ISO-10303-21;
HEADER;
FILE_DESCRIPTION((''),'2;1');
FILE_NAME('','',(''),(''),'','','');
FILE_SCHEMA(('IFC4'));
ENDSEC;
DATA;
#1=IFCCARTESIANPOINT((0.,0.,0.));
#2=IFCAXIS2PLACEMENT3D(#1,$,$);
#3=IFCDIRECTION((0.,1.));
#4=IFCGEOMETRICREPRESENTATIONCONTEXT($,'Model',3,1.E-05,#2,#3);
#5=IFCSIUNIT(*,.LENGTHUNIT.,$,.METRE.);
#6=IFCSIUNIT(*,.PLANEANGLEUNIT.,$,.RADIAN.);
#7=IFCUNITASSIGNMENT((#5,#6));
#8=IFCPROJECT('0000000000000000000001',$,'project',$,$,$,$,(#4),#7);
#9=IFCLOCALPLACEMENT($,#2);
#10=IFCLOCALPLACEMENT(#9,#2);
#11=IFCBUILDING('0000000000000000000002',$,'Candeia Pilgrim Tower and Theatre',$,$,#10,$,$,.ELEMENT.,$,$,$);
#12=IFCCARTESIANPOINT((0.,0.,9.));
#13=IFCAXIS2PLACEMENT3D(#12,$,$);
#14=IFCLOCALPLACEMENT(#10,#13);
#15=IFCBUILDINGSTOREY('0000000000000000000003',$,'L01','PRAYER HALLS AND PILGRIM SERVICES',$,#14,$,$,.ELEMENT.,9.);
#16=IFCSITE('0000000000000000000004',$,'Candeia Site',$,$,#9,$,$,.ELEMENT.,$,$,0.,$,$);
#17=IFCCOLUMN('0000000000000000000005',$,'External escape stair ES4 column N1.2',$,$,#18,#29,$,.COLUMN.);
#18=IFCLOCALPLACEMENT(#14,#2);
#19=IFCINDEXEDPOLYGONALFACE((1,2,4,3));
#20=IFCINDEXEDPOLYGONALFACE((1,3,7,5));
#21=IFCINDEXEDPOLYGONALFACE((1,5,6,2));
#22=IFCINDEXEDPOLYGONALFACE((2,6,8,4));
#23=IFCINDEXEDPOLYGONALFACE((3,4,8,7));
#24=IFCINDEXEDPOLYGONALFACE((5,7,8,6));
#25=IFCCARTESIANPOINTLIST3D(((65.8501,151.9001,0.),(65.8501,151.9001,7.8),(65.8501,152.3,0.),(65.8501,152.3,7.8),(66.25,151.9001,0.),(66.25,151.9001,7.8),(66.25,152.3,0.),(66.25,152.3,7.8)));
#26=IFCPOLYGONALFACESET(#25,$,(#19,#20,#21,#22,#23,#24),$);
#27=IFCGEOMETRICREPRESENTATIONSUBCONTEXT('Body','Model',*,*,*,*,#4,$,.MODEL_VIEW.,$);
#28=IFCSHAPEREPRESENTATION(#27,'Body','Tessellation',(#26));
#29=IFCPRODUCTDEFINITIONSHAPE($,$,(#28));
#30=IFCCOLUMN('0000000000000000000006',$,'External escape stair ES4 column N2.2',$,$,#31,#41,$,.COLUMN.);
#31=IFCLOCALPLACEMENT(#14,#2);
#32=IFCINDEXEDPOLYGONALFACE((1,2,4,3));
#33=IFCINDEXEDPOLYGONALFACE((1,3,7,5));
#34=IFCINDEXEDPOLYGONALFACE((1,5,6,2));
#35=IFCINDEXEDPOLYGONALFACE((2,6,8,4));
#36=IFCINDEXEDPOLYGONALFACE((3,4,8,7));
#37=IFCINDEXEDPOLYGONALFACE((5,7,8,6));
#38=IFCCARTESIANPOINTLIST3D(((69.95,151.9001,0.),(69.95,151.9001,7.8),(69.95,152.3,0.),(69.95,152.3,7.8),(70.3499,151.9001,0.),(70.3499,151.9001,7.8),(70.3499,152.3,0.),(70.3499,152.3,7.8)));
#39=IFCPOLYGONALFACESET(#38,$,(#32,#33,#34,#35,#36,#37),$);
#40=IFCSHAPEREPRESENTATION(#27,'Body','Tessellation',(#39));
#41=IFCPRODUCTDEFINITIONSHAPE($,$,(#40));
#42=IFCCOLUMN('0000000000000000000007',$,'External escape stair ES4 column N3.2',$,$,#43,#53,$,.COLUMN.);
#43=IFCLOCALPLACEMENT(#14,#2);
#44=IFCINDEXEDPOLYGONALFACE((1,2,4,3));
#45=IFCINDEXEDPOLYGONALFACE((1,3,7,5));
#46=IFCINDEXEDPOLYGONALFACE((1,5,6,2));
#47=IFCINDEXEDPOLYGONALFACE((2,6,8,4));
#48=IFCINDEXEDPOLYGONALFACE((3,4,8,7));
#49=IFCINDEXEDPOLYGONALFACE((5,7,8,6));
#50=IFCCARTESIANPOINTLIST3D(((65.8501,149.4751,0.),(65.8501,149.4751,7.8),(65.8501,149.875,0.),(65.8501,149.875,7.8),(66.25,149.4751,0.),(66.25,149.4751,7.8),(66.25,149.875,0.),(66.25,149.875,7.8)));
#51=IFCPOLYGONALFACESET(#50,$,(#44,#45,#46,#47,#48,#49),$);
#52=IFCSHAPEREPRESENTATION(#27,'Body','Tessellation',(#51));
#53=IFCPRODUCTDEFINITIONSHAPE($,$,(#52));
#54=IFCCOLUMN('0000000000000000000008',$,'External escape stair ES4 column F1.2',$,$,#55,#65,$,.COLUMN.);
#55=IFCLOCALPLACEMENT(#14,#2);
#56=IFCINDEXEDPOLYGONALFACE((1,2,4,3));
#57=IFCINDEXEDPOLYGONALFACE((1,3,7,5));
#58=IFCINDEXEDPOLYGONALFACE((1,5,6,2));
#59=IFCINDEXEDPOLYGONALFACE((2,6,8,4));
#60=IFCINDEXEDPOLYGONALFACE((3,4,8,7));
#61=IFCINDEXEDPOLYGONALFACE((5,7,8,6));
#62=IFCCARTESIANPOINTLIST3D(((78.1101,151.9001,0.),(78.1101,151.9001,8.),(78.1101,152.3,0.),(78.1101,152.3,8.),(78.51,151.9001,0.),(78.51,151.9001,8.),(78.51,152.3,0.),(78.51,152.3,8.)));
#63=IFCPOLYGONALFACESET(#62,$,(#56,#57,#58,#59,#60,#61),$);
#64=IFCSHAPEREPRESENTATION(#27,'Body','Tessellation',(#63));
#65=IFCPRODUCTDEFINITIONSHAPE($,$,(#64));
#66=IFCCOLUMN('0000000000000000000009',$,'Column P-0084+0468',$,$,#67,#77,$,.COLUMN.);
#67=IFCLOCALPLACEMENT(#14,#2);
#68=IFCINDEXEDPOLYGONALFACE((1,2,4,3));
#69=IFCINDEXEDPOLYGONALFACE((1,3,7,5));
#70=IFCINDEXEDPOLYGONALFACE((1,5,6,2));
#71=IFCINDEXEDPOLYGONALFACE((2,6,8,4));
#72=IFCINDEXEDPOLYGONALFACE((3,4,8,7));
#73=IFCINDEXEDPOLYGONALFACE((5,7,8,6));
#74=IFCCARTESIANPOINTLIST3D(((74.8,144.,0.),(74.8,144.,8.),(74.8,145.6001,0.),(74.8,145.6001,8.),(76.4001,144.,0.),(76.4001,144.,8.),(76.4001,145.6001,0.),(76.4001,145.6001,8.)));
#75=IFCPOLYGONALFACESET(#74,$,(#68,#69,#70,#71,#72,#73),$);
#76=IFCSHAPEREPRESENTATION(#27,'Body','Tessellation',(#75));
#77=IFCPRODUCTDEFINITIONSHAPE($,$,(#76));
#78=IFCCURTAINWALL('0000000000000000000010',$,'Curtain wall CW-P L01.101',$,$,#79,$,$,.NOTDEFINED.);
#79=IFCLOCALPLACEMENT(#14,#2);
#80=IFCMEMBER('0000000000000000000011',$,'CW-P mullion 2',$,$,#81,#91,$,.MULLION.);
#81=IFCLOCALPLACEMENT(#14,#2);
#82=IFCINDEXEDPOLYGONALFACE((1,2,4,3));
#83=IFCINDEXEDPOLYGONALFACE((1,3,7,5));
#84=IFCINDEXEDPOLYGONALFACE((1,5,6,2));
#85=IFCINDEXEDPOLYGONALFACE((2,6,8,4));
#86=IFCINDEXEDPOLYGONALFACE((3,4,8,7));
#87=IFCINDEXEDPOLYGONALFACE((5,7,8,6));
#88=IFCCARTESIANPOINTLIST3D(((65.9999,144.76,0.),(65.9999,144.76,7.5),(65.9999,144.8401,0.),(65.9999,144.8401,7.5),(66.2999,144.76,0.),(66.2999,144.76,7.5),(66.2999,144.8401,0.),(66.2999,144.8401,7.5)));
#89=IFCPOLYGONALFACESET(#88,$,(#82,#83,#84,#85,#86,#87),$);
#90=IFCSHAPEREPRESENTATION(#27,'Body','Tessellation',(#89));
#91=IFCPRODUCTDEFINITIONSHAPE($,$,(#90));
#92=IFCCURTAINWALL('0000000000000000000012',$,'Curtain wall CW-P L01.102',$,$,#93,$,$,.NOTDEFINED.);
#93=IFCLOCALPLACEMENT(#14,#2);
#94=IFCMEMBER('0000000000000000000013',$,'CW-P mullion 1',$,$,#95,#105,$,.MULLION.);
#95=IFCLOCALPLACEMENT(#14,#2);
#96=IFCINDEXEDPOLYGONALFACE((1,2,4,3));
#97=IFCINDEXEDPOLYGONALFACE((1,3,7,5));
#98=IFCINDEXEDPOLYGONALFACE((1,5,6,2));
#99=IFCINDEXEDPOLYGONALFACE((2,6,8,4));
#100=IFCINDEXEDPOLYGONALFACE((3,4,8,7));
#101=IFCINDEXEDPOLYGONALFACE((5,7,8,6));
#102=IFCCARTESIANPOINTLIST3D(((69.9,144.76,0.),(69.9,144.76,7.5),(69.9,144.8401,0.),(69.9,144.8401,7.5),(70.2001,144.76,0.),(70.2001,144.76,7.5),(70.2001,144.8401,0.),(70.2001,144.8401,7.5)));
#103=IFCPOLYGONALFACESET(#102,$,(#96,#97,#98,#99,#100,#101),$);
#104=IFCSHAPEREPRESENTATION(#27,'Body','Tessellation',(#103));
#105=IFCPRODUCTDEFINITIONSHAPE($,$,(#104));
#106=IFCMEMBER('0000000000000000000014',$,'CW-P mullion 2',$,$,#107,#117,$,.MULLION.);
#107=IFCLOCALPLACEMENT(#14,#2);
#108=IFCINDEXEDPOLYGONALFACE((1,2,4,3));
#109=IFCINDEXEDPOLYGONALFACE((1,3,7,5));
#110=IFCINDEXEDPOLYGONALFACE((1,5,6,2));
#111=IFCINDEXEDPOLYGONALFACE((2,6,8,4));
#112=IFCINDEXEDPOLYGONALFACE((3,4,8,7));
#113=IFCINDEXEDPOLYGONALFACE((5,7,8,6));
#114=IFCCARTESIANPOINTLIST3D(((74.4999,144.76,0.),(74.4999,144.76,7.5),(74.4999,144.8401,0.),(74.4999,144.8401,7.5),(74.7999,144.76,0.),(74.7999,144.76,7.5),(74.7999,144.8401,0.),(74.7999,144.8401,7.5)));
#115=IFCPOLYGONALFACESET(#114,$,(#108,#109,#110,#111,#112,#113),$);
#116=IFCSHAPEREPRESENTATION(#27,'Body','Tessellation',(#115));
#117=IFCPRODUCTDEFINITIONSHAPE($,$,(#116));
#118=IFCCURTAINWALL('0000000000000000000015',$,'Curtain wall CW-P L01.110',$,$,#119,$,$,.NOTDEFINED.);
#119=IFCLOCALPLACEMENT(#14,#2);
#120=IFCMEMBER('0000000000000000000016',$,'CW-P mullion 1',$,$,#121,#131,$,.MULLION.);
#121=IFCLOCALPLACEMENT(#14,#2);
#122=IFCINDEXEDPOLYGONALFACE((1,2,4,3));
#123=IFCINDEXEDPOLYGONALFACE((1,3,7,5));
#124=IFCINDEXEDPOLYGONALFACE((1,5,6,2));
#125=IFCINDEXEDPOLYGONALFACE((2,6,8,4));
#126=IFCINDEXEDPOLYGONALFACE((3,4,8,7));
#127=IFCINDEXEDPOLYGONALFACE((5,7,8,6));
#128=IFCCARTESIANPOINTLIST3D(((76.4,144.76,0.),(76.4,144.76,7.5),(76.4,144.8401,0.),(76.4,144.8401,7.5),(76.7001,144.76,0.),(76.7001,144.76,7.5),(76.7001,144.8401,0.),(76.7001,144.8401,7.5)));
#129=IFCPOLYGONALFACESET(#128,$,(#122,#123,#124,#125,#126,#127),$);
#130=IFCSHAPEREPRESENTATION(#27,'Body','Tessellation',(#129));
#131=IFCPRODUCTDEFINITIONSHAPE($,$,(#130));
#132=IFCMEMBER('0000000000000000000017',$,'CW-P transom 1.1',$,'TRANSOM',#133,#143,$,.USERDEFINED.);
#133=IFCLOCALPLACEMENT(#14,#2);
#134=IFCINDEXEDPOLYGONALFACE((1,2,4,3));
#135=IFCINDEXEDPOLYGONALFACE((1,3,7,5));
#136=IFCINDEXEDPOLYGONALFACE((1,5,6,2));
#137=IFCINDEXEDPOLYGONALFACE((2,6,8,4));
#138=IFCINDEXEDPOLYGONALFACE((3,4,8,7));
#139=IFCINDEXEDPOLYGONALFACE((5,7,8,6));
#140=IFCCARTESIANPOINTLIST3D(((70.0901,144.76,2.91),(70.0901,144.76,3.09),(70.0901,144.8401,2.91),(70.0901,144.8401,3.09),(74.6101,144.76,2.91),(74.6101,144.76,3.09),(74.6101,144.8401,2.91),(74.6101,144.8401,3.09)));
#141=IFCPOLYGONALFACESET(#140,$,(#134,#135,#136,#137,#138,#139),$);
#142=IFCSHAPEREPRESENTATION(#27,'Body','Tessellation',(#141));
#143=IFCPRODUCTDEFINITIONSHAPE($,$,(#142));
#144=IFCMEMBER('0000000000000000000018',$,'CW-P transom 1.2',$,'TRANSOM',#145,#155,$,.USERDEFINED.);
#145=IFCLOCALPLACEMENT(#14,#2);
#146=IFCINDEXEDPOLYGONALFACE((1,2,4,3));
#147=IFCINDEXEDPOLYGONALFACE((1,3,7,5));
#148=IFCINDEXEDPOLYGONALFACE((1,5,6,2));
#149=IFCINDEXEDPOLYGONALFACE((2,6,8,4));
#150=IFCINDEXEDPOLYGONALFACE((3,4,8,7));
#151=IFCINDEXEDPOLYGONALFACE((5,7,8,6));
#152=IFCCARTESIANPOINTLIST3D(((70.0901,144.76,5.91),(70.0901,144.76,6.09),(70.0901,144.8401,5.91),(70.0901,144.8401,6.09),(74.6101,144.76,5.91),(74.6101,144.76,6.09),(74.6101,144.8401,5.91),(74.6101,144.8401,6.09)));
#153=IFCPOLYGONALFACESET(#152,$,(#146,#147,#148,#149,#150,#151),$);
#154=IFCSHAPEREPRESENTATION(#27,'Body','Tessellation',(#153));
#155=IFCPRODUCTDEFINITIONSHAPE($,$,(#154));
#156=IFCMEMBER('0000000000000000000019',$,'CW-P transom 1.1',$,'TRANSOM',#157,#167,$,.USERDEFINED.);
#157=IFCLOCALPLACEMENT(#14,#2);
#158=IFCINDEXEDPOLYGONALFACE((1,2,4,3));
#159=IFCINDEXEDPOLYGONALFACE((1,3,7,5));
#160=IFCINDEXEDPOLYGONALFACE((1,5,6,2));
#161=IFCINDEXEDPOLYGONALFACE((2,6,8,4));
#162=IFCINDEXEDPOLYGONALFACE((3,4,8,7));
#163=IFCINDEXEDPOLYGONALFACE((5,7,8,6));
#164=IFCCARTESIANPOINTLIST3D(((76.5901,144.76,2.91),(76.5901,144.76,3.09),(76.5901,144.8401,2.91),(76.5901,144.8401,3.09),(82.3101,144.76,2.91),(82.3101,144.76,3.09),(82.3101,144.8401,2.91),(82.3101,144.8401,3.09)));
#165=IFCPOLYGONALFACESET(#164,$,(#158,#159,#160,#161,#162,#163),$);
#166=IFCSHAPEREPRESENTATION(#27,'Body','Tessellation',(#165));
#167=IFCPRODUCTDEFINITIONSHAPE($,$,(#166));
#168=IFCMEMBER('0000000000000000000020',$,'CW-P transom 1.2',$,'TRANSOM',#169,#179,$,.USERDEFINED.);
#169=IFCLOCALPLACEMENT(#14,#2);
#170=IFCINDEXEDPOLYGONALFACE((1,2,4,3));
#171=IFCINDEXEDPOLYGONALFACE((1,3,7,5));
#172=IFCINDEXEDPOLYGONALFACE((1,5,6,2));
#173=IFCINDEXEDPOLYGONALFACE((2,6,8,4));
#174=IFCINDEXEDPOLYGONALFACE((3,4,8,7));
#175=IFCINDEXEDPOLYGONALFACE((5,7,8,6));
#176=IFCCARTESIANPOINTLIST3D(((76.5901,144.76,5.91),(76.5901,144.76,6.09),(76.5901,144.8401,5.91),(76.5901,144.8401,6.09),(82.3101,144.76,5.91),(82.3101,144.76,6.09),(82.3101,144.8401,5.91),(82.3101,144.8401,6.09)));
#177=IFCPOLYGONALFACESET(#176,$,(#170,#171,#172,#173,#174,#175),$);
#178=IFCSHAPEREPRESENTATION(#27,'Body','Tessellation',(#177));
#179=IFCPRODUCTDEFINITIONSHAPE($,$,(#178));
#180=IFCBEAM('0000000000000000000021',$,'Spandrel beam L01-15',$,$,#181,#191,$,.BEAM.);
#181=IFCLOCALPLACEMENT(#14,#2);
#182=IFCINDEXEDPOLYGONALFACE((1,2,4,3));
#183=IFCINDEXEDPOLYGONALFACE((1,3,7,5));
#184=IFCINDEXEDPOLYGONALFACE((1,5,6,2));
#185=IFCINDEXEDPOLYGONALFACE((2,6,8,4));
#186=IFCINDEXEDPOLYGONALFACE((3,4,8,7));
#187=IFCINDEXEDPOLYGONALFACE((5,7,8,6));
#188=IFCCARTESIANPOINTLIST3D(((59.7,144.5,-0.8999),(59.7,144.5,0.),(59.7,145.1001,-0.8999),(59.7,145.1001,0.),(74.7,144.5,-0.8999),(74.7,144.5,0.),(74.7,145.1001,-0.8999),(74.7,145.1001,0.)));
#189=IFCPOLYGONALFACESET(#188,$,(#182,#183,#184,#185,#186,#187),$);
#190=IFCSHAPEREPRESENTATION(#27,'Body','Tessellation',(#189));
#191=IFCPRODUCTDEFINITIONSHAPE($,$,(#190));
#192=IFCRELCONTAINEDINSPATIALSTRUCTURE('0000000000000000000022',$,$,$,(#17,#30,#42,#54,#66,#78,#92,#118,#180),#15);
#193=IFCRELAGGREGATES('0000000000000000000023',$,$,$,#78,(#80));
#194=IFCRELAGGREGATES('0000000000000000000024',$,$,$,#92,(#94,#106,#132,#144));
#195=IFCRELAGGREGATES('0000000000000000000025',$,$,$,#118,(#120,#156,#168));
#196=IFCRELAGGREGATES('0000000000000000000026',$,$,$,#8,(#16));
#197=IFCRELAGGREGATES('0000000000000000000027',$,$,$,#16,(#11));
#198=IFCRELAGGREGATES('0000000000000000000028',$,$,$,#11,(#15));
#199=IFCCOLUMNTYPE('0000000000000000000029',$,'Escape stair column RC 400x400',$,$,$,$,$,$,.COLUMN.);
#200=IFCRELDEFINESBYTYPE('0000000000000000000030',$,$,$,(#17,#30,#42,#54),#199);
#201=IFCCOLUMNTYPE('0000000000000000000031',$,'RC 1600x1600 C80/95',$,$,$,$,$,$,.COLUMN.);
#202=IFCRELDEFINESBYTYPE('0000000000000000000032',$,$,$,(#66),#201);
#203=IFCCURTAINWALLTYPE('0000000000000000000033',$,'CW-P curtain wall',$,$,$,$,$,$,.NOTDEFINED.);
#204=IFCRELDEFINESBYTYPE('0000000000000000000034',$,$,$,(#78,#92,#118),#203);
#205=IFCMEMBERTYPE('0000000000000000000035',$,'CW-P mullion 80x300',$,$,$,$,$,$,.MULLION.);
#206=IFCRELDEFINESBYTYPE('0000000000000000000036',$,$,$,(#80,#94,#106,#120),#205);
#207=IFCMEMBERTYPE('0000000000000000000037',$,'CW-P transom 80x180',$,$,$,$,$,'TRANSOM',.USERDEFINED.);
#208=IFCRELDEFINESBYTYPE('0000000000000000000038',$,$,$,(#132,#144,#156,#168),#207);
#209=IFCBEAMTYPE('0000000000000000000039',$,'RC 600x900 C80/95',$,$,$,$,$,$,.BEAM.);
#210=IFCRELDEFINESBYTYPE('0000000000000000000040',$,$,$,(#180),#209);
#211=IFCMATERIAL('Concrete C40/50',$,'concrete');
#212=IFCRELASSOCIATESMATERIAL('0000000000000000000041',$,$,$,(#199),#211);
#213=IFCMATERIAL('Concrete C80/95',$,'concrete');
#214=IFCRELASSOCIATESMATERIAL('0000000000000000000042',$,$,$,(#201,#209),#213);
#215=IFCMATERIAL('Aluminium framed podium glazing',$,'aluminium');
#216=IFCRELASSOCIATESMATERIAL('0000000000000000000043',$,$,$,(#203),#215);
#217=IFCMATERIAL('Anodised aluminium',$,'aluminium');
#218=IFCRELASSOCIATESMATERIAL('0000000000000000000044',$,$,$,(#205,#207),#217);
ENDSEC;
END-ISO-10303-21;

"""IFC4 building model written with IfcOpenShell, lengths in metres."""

from ifc_helpers import new_model, si_unit, direction, frame, origin, origin_2d, place, context, subcontext, project, spatial, rectangle, extrude, material, material_profile, profile_set, type_object, element, aggregate, save


model = new_model("IFC4")

# Units and contexts
model_context = context("Model", 3, precision=1e-05, world=origin(), true_north=direction((0.0, 1.0)))
body_context = subcontext(model_context, "Body", "Model", "MODEL_VIEW")
ifc_project = project(units=[si_unit("LENGTHUNIT", "METRE"), si_unit("PLANEANGLEUNIT", "RADIAN")], contexts=[model_context])

# Site, building, storey
site_placement = place(None, origin())
site = spatial("IfcSite", under=ifc_project, at=site_placement, Name="Candeia Site", CompositionType="ELEMENT", RefElevation=0.0)
building_placement = place(site_placement, origin())
building = spatial("IfcBuilding", under=site, at=building_placement, Name="Candeia Pilgrim Tower and Theatre", CompositionType="ELEMENT")
storey_placement = place(building_placement, frame((0.0, 0.0, 9.0)))
storey = spatial("IfcBuildingStorey", under=building, at=storey_placement, Name="L01", Description="PRAYER HALLS AND PILGRIM SERVICES", CompositionType="ELEMENT", Elevation=9.0)

# Columns
ifc_material_1 = material(Name="Concrete C40/50", Category="concrete")
ifc_material_profile_1 = material_profile(ifc_material_1, rectangle(XDim=0.3999, YDim=0.3999, at=origin_2d()))
ifc_profile_set_1 = profile_set([ifc_material_profile_1], Name="Concrete C40/50")
column_type_1 = type_object("IfcColumnType", Name="Escape stair column RC 400x400", PredefinedType="COLUMN", material=ifc_profile_set_1)
for number, where, z_axis, x_axis, name in (
    (1, (66.05, 152.1001, 0.0), (0.0, 0.0, 1.0), (1.0, 0.0, 0.0), "External escape stair ES4 column N1.2"),
    (2, (70.1499, 152.1001, 0.0), (0.0, 0.0, 1.0), (1.0, 0.0, 0.0), "External escape stair ES4 column N2.2"),
    (3, (66.05, 149.675, 0.0), (0.0, 0.0, 1.0), (1.0, 0.0, 0.0), "External escape stair ES4 column N3.2"),
):
    element("IfcColumn", number, at=place(storey_placement, frame(where, z_axis=z_axis, x_axis=x_axis)), inside=storey, type_object=column_type_1, Name=name, PredefinedType="COLUMN", context=body_context, shape_type="SweptSolid", body=[
        extrude(rectangle(XDim=0.3999, YDim=0.3999, at=origin_2d()), origin(), (0.0, 0.0, 1.0), 7.8),
    ])
column_1_placement = place(storey_placement, frame((78.3101, 152.1001, 0.0), z_axis=(0.0, 0.0, 1.0), x_axis=(1.0, 0.0, 0.0)))
element("IfcColumn", 4, at=column_1_placement, inside=storey, type_object=column_type_1, Name="External escape stair ES4 column F1.2", PredefinedType="COLUMN", context=body_context, shape_type="SweptSolid", body=[
    extrude(rectangle(XDim=0.3999, YDim=0.3999, at=origin_2d()), origin(), (0.0, 0.0, 1.0), 8.0),
])
ifc_material_2 = material(Name="Concrete C80/95", Category="concrete")
ifc_material_profile_2 = material_profile(ifc_material_2, rectangle(XDim=1.6001, YDim=1.6001, at=origin_2d()))
ifc_profile_set_2 = profile_set([ifc_material_profile_2], Name="Concrete C80/95")
column_type_2 = type_object("IfcColumnType", Name="RC 1600x1600 C80/95", PredefinedType="COLUMN", material=ifc_profile_set_2)
column_2_placement = place(storey_placement, frame((75.6001, 144.8, 0.0), z_axis=(0.0, 0.0, 1.0), x_axis=(1.0, 0.0, 0.0)))
element("IfcColumn", 5, at=column_2_placement, inside=storey, type_object=column_type_2, Name="Column P-0084+0468", PredefinedType="COLUMN", context=body_context, shape_type="SweptSolid", body=[
    extrude(rectangle(XDim=1.6001, YDim=1.6001, at=origin_2d()), origin(), (0.0, 0.0, 1.0), 8.0),
])

# Curtain wall, member
ifc_material_3 = material(Name="Aluminium framed podium glazing", Category="aluminium")
curtain_wall_type = type_object("IfcCurtainWallType", Name="CW-P curtain wall", PredefinedType="NOTDEFINED", material=ifc_material_3)
curtain_wall_1_placement = place(storey_placement, origin())
curtain_wall_1 = element("IfcCurtainWall", 6, at=curtain_wall_1_placement, inside=storey, type_object=curtain_wall_type, Name="Curtain wall CW-P L01.101", PredefinedType="NOTDEFINED")
ifc_material_4 = material(Name="Anodised aluminium", Category="aluminium")
ifc_material_profile_3 = material_profile(ifc_material_4, rectangle(XDim=0.0801, YDim=0.3, at=origin_2d()))
ifc_profile_set_3 = profile_set([ifc_material_profile_3], Name="Anodised aluminium")
member_type_1 = type_object("IfcMemberType", Name="CW-P mullion 80x300", PredefinedType="MULLION", material=ifc_profile_set_3)
member_1_placement = place(storey_placement, frame((66.1499, 144.8, 0.0), z_axis=(0.0, 0.0, 1.0), x_axis=(0.0, 1.0, 0.0)))
member_1 = element("IfcMember", 7, at=member_1_placement, type_object=member_type_1, Name="CW-P mullion 2", PredefinedType="MULLION", context=body_context, shape_type="SweptSolid", body=[
    extrude(rectangle(XDim=0.0801, YDim=0.3, at=origin_2d()), origin(), (0.0, 0.0, 1.0), 7.5),
])

# Curtain wall, members
curtain_wall_2_placement = place(storey_placement, origin())
curtain_wall_2 = element("IfcCurtainWall", 8, at=curtain_wall_2_placement, inside=storey, type_object=curtain_wall_type, Name="Curtain wall CW-P L01.102", PredefinedType="NOTDEFINED")
member_2_placement = place(storey_placement, frame((70.05, 144.8, 0.0), z_axis=(0.0, 0.0, 1.0), x_axis=(0.0, 1.0, 0.0)))
member_2 = element("IfcMember", 9, at=member_2_placement, type_object=member_type_1, Name="CW-P mullion 1", PredefinedType="MULLION", context=body_context, shape_type="SweptSolid", body=[
    extrude(rectangle(XDim=0.0801, YDim=0.3, at=origin_2d()), origin(), (0.0, 0.0, 1.0), 7.5),
])
member_3_placement = place(storey_placement, frame((74.6499, 144.8, 0.0), z_axis=(0.0, 0.0, 1.0), x_axis=(0.0, 1.0, 0.0)))
member_3 = element("IfcMember", 10, at=member_3_placement, type_object=member_type_1, Name="CW-P mullion 2", PredefinedType="MULLION", context=body_context, shape_type="SweptSolid", body=[
    extrude(rectangle(XDim=0.0801, YDim=0.3, at=origin_2d()), origin(), (0.0, 0.0, 1.0), 7.5),
])

# Curtain wall, member
curtain_wall_3_placement = place(storey_placement, origin())
curtain_wall_3 = element("IfcCurtainWall", 11, at=curtain_wall_3_placement, inside=storey, type_object=curtain_wall_type, Name="Curtain wall CW-P L01.110", PredefinedType="NOTDEFINED")
member_4_placement = place(storey_placement, frame((76.55, 144.8, 0.0), z_axis=(0.0, 0.0, 1.0), x_axis=(0.0, 1.0, 0.0)))
member_4 = element("IfcMember", 12, at=member_4_placement, type_object=member_type_1, Name="CW-P mullion 1", PredefinedType="MULLION", context=body_context, shape_type="SweptSolid", body=[
    extrude(rectangle(XDim=0.0801, YDim=0.3, at=origin_2d()), origin(), (0.0, 0.0, 1.0), 7.5),
])

# Members
ifc_material_profile_4 = material_profile(ifc_material_4, rectangle(XDim=0.0801, YDim=0.1799, at=origin_2d()))
ifc_profile_set_4 = profile_set([ifc_material_profile_4], Name="Anodised aluminium")
member_type_2 = type_object("IfcMemberType", Name="CW-P transom 80x180", ElementType="TRANSOM", PredefinedType="USERDEFINED", material=ifc_profile_set_4)
member_5_placement = place(storey_placement, frame((70.0901, 144.8, 3.0), z_axis=(1.0, 0.0, 0.0), x_axis=(0.0, 1.0, 0.0)))
member_5 = element("IfcMember", 13, at=member_5_placement, type_object=member_type_2, Name="CW-P transom 1.1", ObjectType="TRANSOM", PredefinedType="USERDEFINED", context=body_context, shape_type="SweptSolid", body=[
    extrude(rectangle(XDim=0.0801, YDim=0.1799, at=origin_2d()), origin(), (0.0, 0.0, 1.0), 4.52),
])
member_6_placement = place(storey_placement, frame((70.0901, 144.8, 6.0), z_axis=(1.0, 0.0, 0.0), x_axis=(0.0, 1.0, 0.0)))
member_6 = element("IfcMember", 14, at=member_6_placement, type_object=member_type_2, Name="CW-P transom 1.2", ObjectType="TRANSOM", PredefinedType="USERDEFINED", context=body_context, shape_type="SweptSolid", body=[
    extrude(rectangle(XDim=0.0801, YDim=0.1799, at=origin_2d()), origin(), (0.0, 0.0, 1.0), 4.52),
])
member_7_placement = place(storey_placement, frame((76.5901, 144.8, 3.0), z_axis=(1.0, 0.0, 0.0), x_axis=(0.0, 1.0, 0.0)))
member_7 = element("IfcMember", 15, at=member_7_placement, type_object=member_type_2, Name="CW-P transom 1.1", ObjectType="TRANSOM", PredefinedType="USERDEFINED", context=body_context, shape_type="SweptSolid", body=[
    extrude(rectangle(XDim=0.0801, YDim=0.1799, at=origin_2d()), origin(), (0.0, 0.0, 1.0), 5.72),
])
member_8_placement = place(storey_placement, frame((76.5901, 144.8, 6.0), z_axis=(1.0, 0.0, 0.0), x_axis=(0.0, 1.0, 0.0)))
member_8 = element("IfcMember", 16, at=member_8_placement, type_object=member_type_2, Name="CW-P transom 1.2", ObjectType="TRANSOM", PredefinedType="USERDEFINED", context=body_context, shape_type="SweptSolid", body=[
    extrude(rectangle(XDim=0.0801, YDim=0.1799, at=origin_2d()), origin(), (0.0, 0.0, 1.0), 5.72),
])

# Beam
ifc_material_profile_5 = material_profile(ifc_material_2, rectangle(XDim=0.6001, YDim=0.8999, at=origin_2d()))
ifc_profile_set_5 = profile_set([ifc_material_profile_5], Name="Concrete C80/95")
beam_type = type_object("IfcBeamType", Name="RC 600x900 C80/95", PredefinedType="BEAM", material=ifc_profile_set_5)
beam_placement = place(storey_placement, frame((74.7, 144.8, -0.45), z_axis=(-1.0, 0.0, 0.0), x_axis=(0.0, -1.0, 0.0)))
element("IfcBeam", 17, at=beam_placement, inside=storey, type_object=beam_type, Name="Spandrel beam L01-15", PredefinedType="BEAM", context=body_context, shape_type="SweptSolid", body=[
    extrude(rectangle(XDim=0.6001, YDim=0.8999, at=origin_2d()), origin(), (0.0, 0.0, 1.0), 15.0),
])

aggregate(curtain_wall_1, [member_1])
aggregate(curtain_wall_2, [member_2, member_3, member_5, member_6])
aggregate(curtain_wall_3, [member_4, member_7, member_8])

save(model, "model.ifc")
